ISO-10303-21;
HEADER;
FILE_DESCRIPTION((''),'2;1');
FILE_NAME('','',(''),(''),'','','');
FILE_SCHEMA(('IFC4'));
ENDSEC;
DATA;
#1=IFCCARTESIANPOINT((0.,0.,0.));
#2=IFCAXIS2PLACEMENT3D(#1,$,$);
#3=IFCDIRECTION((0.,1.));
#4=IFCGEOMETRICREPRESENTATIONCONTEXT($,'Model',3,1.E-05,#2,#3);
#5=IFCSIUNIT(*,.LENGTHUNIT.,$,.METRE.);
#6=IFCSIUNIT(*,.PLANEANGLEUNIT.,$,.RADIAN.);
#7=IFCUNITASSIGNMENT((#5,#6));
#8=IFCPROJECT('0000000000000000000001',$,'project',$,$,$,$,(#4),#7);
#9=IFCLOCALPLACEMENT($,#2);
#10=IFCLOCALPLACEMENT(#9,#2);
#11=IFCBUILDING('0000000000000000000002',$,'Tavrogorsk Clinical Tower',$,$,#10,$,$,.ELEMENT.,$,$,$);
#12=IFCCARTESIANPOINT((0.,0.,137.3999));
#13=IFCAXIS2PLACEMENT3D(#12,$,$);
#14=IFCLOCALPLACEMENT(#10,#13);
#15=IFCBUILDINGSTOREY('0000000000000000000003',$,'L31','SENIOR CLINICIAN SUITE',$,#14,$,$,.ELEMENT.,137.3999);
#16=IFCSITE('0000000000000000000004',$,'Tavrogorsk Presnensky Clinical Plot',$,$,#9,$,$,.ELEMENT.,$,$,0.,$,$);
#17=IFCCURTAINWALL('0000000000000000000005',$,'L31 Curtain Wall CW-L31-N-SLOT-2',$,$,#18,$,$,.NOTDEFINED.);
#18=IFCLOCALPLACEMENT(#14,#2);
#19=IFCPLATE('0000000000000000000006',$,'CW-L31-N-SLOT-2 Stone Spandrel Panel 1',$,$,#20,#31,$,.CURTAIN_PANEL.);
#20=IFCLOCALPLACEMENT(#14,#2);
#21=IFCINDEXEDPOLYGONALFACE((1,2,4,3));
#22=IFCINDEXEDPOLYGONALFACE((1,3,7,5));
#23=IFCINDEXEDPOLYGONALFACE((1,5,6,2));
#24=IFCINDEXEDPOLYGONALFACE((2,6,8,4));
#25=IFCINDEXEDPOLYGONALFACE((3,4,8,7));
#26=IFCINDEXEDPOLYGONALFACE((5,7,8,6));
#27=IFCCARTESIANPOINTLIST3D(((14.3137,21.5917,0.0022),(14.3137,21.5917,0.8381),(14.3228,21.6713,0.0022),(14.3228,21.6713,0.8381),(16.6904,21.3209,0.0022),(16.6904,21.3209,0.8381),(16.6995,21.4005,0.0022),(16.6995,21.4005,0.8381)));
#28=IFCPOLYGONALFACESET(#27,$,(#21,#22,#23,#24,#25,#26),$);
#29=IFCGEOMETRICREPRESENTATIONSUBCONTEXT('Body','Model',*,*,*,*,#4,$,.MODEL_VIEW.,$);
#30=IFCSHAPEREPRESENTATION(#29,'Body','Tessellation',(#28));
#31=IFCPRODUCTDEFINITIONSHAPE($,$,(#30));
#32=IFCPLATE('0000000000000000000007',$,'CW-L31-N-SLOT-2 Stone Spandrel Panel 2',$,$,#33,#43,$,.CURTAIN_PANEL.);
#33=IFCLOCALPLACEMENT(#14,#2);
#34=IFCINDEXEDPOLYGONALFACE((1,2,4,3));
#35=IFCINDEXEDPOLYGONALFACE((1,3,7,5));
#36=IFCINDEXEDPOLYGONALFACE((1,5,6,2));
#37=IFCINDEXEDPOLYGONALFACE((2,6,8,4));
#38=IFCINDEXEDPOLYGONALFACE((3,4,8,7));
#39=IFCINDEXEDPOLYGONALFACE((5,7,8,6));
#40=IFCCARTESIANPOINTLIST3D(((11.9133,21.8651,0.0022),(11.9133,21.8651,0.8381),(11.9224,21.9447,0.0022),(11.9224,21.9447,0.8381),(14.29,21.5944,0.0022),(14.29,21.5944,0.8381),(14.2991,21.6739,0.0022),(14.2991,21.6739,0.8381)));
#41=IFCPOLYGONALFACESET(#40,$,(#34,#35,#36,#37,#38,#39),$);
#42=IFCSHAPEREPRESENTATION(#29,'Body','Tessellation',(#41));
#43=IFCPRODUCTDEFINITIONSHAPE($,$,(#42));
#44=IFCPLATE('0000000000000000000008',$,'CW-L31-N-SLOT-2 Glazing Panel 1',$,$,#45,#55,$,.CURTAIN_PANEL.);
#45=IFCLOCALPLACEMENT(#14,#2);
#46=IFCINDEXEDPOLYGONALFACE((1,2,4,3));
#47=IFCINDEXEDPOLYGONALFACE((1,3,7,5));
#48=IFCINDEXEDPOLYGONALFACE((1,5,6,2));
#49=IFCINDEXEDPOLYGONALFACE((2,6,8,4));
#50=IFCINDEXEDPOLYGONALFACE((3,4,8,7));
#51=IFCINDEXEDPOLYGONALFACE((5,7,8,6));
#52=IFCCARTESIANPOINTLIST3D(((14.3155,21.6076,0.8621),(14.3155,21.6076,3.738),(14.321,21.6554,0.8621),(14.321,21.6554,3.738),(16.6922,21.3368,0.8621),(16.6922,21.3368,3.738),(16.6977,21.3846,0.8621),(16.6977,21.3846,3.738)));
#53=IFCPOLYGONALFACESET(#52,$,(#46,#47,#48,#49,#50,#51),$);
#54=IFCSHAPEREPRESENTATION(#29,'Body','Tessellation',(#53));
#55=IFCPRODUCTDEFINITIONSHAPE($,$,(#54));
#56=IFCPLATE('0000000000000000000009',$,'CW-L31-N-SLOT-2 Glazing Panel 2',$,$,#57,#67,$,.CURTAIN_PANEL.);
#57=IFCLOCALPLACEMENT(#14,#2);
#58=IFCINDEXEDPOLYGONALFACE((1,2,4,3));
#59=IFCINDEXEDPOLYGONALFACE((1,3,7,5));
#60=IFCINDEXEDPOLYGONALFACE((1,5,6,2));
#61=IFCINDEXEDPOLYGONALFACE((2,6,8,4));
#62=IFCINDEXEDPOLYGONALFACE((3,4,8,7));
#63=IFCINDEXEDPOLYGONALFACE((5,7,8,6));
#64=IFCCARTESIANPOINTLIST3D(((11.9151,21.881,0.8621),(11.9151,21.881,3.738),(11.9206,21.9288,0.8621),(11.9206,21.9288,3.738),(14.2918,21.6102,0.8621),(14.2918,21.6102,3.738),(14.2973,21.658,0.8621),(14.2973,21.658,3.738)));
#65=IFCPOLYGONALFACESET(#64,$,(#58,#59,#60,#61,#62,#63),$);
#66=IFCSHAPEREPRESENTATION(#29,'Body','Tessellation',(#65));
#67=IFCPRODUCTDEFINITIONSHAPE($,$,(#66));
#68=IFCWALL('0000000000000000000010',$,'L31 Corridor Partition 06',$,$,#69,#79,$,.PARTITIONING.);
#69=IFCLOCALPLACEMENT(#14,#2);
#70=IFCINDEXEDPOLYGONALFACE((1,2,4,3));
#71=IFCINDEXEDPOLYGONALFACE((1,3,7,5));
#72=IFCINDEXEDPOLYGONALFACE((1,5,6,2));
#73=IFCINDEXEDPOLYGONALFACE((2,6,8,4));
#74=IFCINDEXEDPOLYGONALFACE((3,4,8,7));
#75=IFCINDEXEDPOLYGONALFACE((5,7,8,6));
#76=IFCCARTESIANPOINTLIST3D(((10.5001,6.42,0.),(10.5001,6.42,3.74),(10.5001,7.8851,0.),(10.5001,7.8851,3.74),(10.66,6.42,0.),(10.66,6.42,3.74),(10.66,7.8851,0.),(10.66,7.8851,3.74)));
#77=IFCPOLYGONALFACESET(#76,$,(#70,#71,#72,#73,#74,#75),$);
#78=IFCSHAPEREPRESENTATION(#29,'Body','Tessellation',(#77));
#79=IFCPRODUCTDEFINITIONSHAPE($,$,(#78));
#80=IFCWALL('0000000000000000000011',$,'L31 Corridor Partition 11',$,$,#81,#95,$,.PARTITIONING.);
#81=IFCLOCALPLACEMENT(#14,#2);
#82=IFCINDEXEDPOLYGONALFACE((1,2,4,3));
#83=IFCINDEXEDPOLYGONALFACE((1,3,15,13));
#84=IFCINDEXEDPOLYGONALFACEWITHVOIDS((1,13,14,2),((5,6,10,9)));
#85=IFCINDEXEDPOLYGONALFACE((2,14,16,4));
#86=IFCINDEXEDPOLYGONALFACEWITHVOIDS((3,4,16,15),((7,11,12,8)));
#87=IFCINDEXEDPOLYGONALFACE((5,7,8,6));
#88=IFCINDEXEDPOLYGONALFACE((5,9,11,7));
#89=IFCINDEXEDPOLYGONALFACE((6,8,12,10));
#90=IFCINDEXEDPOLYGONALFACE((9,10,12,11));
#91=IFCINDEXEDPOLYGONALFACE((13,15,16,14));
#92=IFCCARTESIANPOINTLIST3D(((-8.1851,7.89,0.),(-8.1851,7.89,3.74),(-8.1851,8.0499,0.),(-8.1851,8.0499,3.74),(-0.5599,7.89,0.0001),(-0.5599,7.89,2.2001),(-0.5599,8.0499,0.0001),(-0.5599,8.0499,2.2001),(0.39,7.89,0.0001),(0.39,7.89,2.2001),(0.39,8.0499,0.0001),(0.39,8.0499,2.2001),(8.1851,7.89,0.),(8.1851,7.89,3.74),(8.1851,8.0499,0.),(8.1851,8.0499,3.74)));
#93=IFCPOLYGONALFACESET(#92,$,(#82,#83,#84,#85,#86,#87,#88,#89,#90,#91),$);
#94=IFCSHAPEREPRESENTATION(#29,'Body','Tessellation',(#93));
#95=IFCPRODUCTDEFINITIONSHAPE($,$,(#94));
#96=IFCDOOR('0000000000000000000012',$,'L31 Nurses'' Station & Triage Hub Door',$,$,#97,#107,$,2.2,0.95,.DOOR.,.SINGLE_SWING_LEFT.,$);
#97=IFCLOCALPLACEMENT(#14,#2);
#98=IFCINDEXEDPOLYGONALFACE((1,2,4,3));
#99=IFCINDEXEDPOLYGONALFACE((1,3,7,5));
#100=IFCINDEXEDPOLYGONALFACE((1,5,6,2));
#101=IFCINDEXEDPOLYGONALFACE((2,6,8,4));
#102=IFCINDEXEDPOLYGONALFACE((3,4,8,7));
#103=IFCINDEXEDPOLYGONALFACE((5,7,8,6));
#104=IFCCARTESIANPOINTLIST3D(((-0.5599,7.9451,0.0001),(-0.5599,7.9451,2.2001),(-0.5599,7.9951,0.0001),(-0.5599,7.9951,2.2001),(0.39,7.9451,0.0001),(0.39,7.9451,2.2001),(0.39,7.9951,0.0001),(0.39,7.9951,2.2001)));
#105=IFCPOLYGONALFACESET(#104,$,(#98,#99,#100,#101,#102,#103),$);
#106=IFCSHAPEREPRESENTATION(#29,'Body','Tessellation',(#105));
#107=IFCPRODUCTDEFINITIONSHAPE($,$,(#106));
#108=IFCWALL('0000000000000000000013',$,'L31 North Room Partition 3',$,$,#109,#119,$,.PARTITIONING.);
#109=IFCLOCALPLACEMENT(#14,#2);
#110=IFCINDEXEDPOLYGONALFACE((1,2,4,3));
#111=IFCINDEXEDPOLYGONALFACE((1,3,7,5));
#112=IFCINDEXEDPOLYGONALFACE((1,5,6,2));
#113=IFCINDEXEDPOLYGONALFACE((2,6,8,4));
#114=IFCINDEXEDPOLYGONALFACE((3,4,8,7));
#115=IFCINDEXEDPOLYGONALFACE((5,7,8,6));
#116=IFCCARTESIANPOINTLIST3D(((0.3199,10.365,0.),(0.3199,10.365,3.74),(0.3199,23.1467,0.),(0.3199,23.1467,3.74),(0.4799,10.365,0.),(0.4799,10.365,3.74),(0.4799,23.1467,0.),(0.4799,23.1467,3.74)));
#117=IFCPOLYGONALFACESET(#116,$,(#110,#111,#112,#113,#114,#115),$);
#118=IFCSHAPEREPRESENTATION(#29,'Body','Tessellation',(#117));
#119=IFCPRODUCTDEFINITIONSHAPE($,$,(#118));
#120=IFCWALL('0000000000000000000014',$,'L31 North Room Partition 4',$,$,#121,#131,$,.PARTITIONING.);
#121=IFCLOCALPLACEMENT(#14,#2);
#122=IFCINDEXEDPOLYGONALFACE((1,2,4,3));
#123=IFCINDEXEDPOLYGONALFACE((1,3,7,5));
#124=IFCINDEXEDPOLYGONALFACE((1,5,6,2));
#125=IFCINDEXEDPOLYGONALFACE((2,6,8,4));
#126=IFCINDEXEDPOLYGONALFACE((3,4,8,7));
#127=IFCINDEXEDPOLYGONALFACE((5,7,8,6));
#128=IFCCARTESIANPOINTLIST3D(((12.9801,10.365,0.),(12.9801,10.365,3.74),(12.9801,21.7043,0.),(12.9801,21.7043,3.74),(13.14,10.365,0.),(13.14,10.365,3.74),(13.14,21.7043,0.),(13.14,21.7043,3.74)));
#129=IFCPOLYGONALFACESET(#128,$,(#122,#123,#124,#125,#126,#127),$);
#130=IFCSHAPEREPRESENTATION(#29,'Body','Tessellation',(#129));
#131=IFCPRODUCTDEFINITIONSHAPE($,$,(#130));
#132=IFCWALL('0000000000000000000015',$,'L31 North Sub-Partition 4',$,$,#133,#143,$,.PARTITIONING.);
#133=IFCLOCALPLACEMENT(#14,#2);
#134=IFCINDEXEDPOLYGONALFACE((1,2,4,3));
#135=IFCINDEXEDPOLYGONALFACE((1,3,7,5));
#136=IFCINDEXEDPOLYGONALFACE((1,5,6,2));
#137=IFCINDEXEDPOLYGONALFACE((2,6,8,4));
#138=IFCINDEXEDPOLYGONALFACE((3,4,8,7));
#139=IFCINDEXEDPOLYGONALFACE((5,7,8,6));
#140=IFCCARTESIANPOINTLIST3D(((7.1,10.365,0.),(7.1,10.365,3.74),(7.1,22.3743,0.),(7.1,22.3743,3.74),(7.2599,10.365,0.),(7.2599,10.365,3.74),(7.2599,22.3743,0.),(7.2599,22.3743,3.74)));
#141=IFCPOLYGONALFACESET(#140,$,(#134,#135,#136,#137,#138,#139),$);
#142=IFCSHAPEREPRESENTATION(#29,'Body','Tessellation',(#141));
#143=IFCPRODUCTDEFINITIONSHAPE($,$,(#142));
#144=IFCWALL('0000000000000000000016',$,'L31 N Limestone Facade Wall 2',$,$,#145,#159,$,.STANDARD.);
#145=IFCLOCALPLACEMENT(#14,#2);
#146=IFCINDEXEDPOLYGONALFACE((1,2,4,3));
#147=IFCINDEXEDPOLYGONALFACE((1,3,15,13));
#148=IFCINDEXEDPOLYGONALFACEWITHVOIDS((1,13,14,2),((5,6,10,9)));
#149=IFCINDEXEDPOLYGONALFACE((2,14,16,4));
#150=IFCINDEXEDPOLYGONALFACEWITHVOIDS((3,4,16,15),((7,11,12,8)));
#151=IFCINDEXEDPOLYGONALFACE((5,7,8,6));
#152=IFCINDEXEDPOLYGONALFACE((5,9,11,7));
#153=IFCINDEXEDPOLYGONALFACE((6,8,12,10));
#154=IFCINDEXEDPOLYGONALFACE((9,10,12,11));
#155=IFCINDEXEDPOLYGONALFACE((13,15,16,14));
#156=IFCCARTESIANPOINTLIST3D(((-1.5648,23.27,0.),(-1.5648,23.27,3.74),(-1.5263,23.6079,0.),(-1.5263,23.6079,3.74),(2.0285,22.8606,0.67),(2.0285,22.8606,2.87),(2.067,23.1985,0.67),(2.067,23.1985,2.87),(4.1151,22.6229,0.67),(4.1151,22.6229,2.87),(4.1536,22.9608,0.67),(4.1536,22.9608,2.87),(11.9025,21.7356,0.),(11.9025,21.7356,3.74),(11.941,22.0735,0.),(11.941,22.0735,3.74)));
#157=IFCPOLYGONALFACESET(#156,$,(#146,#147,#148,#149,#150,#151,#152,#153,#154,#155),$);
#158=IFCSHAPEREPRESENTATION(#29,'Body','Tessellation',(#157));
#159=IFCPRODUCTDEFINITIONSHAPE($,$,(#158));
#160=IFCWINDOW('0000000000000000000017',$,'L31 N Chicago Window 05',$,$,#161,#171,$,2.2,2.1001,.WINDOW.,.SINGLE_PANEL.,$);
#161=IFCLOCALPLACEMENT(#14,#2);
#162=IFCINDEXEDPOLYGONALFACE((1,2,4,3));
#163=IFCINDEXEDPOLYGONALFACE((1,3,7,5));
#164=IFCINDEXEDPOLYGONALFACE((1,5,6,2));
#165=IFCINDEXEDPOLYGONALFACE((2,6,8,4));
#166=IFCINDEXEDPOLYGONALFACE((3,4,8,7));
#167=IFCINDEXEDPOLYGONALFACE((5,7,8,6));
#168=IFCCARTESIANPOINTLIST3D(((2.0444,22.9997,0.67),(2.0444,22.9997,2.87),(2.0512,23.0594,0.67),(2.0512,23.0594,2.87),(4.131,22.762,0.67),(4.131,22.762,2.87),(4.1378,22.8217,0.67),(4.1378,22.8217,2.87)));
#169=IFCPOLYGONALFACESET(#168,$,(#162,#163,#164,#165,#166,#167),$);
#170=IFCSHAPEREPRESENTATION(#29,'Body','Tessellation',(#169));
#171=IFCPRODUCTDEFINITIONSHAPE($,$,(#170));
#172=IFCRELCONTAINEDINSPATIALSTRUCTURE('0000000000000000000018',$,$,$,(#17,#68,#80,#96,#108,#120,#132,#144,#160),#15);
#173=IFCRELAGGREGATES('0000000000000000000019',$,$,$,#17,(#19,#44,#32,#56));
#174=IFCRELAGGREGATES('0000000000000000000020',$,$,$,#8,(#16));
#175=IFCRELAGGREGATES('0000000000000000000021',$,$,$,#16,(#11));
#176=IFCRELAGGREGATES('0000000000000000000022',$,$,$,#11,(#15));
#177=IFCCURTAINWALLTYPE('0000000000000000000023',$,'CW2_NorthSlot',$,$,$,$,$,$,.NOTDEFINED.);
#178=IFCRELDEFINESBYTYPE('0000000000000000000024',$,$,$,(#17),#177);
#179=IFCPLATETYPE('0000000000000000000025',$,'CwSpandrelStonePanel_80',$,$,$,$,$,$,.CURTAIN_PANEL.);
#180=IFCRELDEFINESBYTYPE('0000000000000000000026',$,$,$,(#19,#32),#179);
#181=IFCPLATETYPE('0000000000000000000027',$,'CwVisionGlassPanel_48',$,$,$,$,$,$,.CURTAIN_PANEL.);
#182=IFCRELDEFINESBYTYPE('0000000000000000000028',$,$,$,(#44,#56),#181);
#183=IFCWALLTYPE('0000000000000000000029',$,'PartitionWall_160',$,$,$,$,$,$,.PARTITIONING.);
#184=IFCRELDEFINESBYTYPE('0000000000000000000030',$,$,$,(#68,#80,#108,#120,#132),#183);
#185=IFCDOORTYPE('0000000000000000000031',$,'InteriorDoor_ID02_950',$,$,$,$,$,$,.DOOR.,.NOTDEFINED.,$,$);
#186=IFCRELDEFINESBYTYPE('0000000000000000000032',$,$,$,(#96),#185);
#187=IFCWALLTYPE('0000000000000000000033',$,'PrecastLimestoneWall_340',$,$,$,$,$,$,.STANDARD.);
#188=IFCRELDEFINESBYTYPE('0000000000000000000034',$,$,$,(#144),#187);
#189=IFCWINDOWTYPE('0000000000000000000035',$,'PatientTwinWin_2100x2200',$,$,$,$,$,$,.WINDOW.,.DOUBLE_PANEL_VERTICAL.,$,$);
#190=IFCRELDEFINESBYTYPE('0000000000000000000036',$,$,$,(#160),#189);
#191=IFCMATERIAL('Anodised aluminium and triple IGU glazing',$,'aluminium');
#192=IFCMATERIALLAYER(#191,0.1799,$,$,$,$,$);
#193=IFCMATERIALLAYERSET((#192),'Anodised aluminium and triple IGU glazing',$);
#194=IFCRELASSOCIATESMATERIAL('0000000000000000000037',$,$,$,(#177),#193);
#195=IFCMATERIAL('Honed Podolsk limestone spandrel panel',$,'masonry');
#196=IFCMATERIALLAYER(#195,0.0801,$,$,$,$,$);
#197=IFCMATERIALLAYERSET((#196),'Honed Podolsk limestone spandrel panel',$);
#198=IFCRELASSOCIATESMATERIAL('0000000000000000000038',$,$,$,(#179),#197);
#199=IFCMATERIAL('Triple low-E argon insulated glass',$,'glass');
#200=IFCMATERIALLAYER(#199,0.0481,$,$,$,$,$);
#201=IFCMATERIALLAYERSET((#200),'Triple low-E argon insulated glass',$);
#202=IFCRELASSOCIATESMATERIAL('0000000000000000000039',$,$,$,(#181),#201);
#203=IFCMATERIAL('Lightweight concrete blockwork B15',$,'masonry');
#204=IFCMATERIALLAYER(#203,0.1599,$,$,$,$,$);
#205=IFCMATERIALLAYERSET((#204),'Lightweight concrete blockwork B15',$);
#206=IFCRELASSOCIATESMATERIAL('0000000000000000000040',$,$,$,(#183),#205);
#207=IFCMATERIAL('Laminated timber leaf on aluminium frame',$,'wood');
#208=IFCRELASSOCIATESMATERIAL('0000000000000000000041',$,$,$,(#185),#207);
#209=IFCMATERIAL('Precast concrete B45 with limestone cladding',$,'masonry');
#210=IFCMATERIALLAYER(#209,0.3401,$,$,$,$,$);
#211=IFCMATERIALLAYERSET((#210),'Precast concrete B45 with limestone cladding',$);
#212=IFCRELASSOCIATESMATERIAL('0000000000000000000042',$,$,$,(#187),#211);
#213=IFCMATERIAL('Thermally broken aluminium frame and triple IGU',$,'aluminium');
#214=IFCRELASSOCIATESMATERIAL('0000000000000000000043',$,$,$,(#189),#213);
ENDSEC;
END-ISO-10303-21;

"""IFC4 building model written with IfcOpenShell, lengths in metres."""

from ifc_helpers import new_model, si_unit, direction, frame, frame_2d, origin, origin_2d, place, context, subcontext, project, spatial, rectangle, extrude, material, layer, layer_set, type_object, element, fill, aggregate, save


model = new_model("IFC4")

# Units and contexts
model_context = context("Model", 3, precision=1e-05, world=origin(), true_north=direction((0.0, 1.0)))
body_context = subcontext(model_context, "Body", "Model", "MODEL_VIEW")
ifc_project = project(units=[si_unit("LENGTHUNIT", "METRE"), si_unit("PLANEANGLEUNIT", "RADIAN")], contexts=[model_context])

# Site, building, storey
site_placement = place(None, origin())
site = spatial("IfcSite", under=ifc_project, at=site_placement, Name="Tavrogorsk Presnensky Clinical Plot", CompositionType="ELEMENT", RefElevation=0.0)
building_placement = place(site_placement, origin())
building = spatial("IfcBuilding", under=site, at=building_placement, Name="Tavrogorsk Clinical Tower", CompositionType="ELEMENT")
storey_placement = place(building_placement, frame((0.0, 0.0, 137.3999)))
storey = spatial("IfcBuildingStorey", under=building, at=storey_placement, Name="L31", Description="SENIOR CLINICIAN SUITE", CompositionType="ELEMENT", Elevation=137.3999)

# Curtain wall
ifc_material_1 = material(Name="Anodised aluminium and triple IGU glazing", Category="aluminium")
ifc_layer_1 = layer(ifc_material_1, 0.1799)
ifc_layer_set_1 = layer_set([ifc_layer_1], Name="Anodised aluminium and triple IGU glazing")
curtain_wall_type = type_object("IfcCurtainWallType", Name="CW2_NorthSlot", PredefinedType="NOTDEFINED", material=ifc_layer_set_1)
curtain_wall_placement = place(storey_placement, origin())
curtain_wall = element("IfcCurtainWall", 1, at=curtain_wall_placement, inside=storey, type_object=curtain_wall_type, Name="L31 Curtain Wall CW-L31-N-SLOT-2", PredefinedType="NOTDEFINED")

# Plates
ifc_material_2 = material(Name="Honed Podolsk limestone spandrel panel", Category="masonry")
ifc_layer_2 = layer(ifc_material_2, 0.0801)
ifc_layer_set_2 = layer_set([ifc_layer_2], Name="Honed Podolsk limestone spandrel panel")
plate_type_1 = type_object("IfcPlateType", Name="CwSpandrelStonePanel_80", PredefinedType="CURTAIN_PANEL", material=ifc_layer_set_2)
plate_1_placement = place(storey_placement, frame((15.5066, 21.4961, 0.0022), z_axis=(0.0, 0.0, 1.0), x_axis=(-0.993572, 0.113203, 0.0)))
plate_1 = element("IfcPlate", 2, at=plate_1_placement, type_object=plate_type_1, Name="CW-L31-N-SLOT-2 Stone Spandrel Panel 1", PredefinedType="CURTAIN_PANEL", context=body_context, shape_type="SweptSolid", body=[
    extrude(rectangle(XDim=2.3921, YDim=0.0801, at=origin_2d()), origin(), (0.0, 0.0, 1.0), 0.8359),
])
plate_2_placement = place(storey_placement, frame((13.1062, 21.7695, 0.0022), z_axis=(0.0, 0.0, 1.0), x_axis=(-0.993572, 0.113203, 0.0)))
plate_2 = element("IfcPlate", 3, at=plate_2_placement, type_object=plate_type_1, Name="CW-L31-N-SLOT-2 Stone Spandrel Panel 2", PredefinedType="CURTAIN_PANEL", context=body_context, shape_type="SweptSolid", body=[
    extrude(rectangle(XDim=2.3921, YDim=0.0801, at=origin_2d()), origin(), (0.0, 0.0, 1.0), 0.8359),
])
ifc_material_3 = material(Name="Triple low-E argon insulated glass", Category="glass")
ifc_layer_3 = layer(ifc_material_3, 0.0481)
ifc_layer_set_3 = layer_set([ifc_layer_3], Name="Triple low-E argon insulated glass")
plate_type_2 = type_object("IfcPlateType", Name="CwVisionGlassPanel_48", PredefinedType="CURTAIN_PANEL", material=ifc_layer_set_3)
plate_3_placement = place(storey_placement, frame((15.5066, 21.4961, 0.8621), z_axis=(0.0, 0.0, 1.0), x_axis=(-0.993572, 0.113203, 0.0)))
plate_3 = element("IfcPlate", 4, at=plate_3_placement, type_object=plate_type_2, Name="CW-L31-N-SLOT-2 Glazing Panel 1", PredefinedType="CURTAIN_PANEL", context=body_context, shape_type="SweptSolid", body=[
    extrude(rectangle(XDim=2.3921, YDim=0.0481, at=origin_2d()), origin(), (0.0, 0.0, 1.0), 2.876),
])
plate_4_placement = place(storey_placement, frame((13.1062, 21.7695, 0.8621), z_axis=(0.0, 0.0, 1.0), x_axis=(-0.993572, 0.113203, 0.0)))
plate_4 = element("IfcPlate", 5, at=plate_4_placement, type_object=plate_type_2, Name="CW-L31-N-SLOT-2 Glazing Panel 2", PredefinedType="CURTAIN_PANEL", context=body_context, shape_type="SweptSolid", body=[
    extrude(rectangle(XDim=2.3921, YDim=0.0481, at=origin_2d()), origin(), (0.0, 0.0, 1.0), 2.876),
])
aggregate(curtain_wall, [plate_1, plate_3, plate_2, plate_4])

# Wall
ifc_material_4 = material(Name="Lightweight concrete blockwork B15", Category="masonry")
ifc_layer_4 = layer(ifc_material_4, 0.1599)
ifc_layer_set_4 = layer_set([ifc_layer_4], Name="Lightweight concrete blockwork B15")
wall_type_1 = type_object("IfcWallType", Name="PartitionWall_160", PredefinedType="PARTITIONING", material=ifc_layer_set_4)
wall_1_placement = place(storey_placement, frame((10.5801, 7.885, 0.0), z_axis=(0.0, 0.0, 1.0), x_axis=(0.0, -1.0, 0.0)))
element("IfcWall", 6, at=wall_1_placement, inside=storey, type_object=wall_type_1, Name="L31 Corridor Partition 06", PredefinedType="PARTITIONING", context=body_context, shape_type="SweptSolid", body=[
    extrude(rectangle(XDim=1.4651, YDim=0.1599, at=frame_2d((0.7324, 0.0))), origin(), (0.0, 0.0, 1.0), 3.74),
])

# Wall, opening, door
wall_2_placement = place(storey_placement, frame((8.1851, 7.97, 0.0), z_axis=(0.0, 0.0, 1.0), x_axis=(-1.0, 0.0, 0.0)))
wall_2 = element("IfcWall", 7, at=wall_2_placement, inside=storey, type_object=wall_type_1, Name="L31 Corridor Partition 11", PredefinedType="PARTITIONING", context=body_context, shape_type="SweptSolid", body=[
    extrude(rectangle(XDim=16.3701, YDim=0.1599, at=frame_2d((8.1851, 0.0))), origin(), (0.0, 0.0, 1.0), 3.74),
])
opening_1_placement = place(wall_2_placement, frame((7.7949, 0.0, 0.0)))
opening_1 = element("IfcOpeningElement", 8, at=opening_1_placement, cuts=wall_2, PredefinedType="OPENING", context=body_context, shape_type="SweptSolid", body=[
    extrude(rectangle(XDim=0.95, YDim=2.2, at=frame_2d((0.4751, 1.1001))), frame((0.0, 0.0898, 0.0), z_axis=(0.0, -1.0, 0.0), x_axis=(1.0, 0.0, 0.0)), (0.0, 0.0, 1.0), 0.1799),
])
ifc_material_5 = material(Name="Laminated timber leaf on aluminium frame", Category="wood")
door_type = type_object("IfcDoorType", Name="InteriorDoor_ID02_950", OperationType="NOTDEFINED", PredefinedType="DOOR", material=ifc_material_5)
door_placement = place(opening_1_placement, origin())
door = element("IfcDoor", 9, at=door_placement, inside=storey, type_object=door_type, Name="L31 Nurses' Station & Triage Hub Door", OperationType="SINGLE_SWING_LEFT", OverallHeight=2.2, OverallWidth=0.95, PredefinedType="DOOR", context=body_context, shape_type="SweptSolid", body=[
    extrude(rectangle(XDim=0.95, YDim=2.2, at=frame_2d((0.4751, 1.1001))), frame((0.0, 0.0249, 0.0), z_axis=(0.0, -1.0, 0.0), x_axis=(1.0, 0.0, 0.0)), (0.0, 0.0, 1.0), 0.05),
])
fill(opening_1, door)

# Walls
wall_3_placement = place(storey_placement, frame((0.3999, 10.365, 0.0), z_axis=(0.0, 0.0, 1.0), x_axis=(0.0, 1.0, 0.0)))
element("IfcWall", 10, at=wall_3_placement, inside=storey, type_object=wall_type_1, Name="L31 North Room Partition 3", PredefinedType="PARTITIONING", context=body_context, shape_type="SweptSolid", body=[
    extrude(rectangle(XDim=12.7817, YDim=0.1599, at=frame_2d((6.3909, 0.0))), origin(), (0.0, 0.0, 1.0), 3.74),
])
wall_4_placement = place(storey_placement, frame((13.0601, 10.365, 0.0), z_axis=(0.0, 0.0, 1.0), x_axis=(0.0, 1.0, 0.0)))
element("IfcWall", 11, at=wall_4_placement, inside=storey, type_object=wall_type_1, Name="L31 North Room Partition 4", PredefinedType="PARTITIONING", context=body_context, shape_type="SweptSolid", body=[
    extrude(rectangle(XDim=11.3394, YDim=0.1599, at=frame_2d((5.6697, 0.0))), origin(), (0.0, 0.0, 1.0), 3.74),
])
wall_5_placement = place(storey_placement, frame((7.1799, 10.365, 0.0), z_axis=(0.0, 0.0, 1.0), x_axis=(0.0, 1.0, 0.0)))
element("IfcWall", 12, at=wall_5_placement, inside=storey, type_object=wall_type_1, Name="L31 North Sub-Partition 4", PredefinedType="PARTITIONING", context=body_context, shape_type="SweptSolid", body=[
    extrude(rectangle(XDim=12.0093, YDim=0.1599, at=frame_2d((6.0046, 0.0))), origin(), (0.0, 0.0, 1.0), 3.74),
])

# Wall, opening, window
ifc_material_6 = material(Name="Precast concrete B45 with limestone cladding", Category="masonry")
ifc_layer_5 = layer(ifc_material_6, 0.3401)
ifc_layer_set_5 = layer_set([ifc_layer_5], Name="Precast concrete B45 with limestone cladding")
wall_type_2 = type_object("IfcWallType", Name="PrecastLimestoneWall_340", PredefinedType="STANDARD", material=ifc_layer_set_5)
wall_6_placement = place(storey_placement, frame((11.9219, 21.9045, 0.0), z_axis=(0.0, 0.0, 1.0), x_axis=(-0.993572, 0.113205, 0.0)))
wall_6 = element("IfcWall", 13, at=wall_6_placement, inside=storey, type_object=wall_type_2, Name="L31 N Limestone Facade Wall 2", PredefinedType="STANDARD", context=body_context, shape_type="SweptSolid", body=[
    extrude(rectangle(XDim=13.5544, YDim=0.3401, at=frame_2d((6.7773, 0.0))), origin(), (0.0, 0.0, 1.0), 3.74),
])
opening_2_placement = place(wall_6_placement, frame((7.8379, 0.0, 0.6699)))
opening_2 = element("IfcOpeningElement", 14, at=opening_2_placement, cuts=wall_6, PredefinedType="OPENING", context=body_context, shape_type="SweptSolid", body=[
    extrude(rectangle(XDim=2.1001, YDim=2.2, at=frame_2d((1.05, 1.1001))), frame((0.0, 0.1799, 0.0), z_axis=(0.0, -1.0, 0.0), x_axis=(1.0, 0.0, 0.0)), (0.0, 0.0, 1.0), 0.3601),
])
ifc_material_7 = material(Name="Thermally broken aluminium frame and triple IGU", Category="aluminium")
window_type = type_object("IfcWindowType", Name="PatientTwinWin_2100x2200", PartitioningType="DOUBLE_PANEL_VERTICAL", PredefinedType="WINDOW", material=ifc_material_7)
window_placement = place(opening_2_placement, origin())
window = element("IfcWindow", 15, at=window_placement, inside=storey, type_object=window_type, Name="L31 N Chicago Window 05", OverallHeight=2.2, OverallWidth=2.1001, PartitioningType="SINGLE_PANEL", PredefinedType="WINDOW", context=body_context, shape_type="SweptSolid", body=[
    extrude(rectangle(XDim=2.1001, YDim=2.2, at=frame_2d((1.05, 1.1001))), frame((0.0, 0.03, 0.0), z_axis=(0.0, -1.0, 0.0), x_axis=(1.0, 0.0, 0.0)), (0.0, 0.0, 1.0), 0.0601),
])
fill(opening_2, window)

save(model, "model.ifc")
